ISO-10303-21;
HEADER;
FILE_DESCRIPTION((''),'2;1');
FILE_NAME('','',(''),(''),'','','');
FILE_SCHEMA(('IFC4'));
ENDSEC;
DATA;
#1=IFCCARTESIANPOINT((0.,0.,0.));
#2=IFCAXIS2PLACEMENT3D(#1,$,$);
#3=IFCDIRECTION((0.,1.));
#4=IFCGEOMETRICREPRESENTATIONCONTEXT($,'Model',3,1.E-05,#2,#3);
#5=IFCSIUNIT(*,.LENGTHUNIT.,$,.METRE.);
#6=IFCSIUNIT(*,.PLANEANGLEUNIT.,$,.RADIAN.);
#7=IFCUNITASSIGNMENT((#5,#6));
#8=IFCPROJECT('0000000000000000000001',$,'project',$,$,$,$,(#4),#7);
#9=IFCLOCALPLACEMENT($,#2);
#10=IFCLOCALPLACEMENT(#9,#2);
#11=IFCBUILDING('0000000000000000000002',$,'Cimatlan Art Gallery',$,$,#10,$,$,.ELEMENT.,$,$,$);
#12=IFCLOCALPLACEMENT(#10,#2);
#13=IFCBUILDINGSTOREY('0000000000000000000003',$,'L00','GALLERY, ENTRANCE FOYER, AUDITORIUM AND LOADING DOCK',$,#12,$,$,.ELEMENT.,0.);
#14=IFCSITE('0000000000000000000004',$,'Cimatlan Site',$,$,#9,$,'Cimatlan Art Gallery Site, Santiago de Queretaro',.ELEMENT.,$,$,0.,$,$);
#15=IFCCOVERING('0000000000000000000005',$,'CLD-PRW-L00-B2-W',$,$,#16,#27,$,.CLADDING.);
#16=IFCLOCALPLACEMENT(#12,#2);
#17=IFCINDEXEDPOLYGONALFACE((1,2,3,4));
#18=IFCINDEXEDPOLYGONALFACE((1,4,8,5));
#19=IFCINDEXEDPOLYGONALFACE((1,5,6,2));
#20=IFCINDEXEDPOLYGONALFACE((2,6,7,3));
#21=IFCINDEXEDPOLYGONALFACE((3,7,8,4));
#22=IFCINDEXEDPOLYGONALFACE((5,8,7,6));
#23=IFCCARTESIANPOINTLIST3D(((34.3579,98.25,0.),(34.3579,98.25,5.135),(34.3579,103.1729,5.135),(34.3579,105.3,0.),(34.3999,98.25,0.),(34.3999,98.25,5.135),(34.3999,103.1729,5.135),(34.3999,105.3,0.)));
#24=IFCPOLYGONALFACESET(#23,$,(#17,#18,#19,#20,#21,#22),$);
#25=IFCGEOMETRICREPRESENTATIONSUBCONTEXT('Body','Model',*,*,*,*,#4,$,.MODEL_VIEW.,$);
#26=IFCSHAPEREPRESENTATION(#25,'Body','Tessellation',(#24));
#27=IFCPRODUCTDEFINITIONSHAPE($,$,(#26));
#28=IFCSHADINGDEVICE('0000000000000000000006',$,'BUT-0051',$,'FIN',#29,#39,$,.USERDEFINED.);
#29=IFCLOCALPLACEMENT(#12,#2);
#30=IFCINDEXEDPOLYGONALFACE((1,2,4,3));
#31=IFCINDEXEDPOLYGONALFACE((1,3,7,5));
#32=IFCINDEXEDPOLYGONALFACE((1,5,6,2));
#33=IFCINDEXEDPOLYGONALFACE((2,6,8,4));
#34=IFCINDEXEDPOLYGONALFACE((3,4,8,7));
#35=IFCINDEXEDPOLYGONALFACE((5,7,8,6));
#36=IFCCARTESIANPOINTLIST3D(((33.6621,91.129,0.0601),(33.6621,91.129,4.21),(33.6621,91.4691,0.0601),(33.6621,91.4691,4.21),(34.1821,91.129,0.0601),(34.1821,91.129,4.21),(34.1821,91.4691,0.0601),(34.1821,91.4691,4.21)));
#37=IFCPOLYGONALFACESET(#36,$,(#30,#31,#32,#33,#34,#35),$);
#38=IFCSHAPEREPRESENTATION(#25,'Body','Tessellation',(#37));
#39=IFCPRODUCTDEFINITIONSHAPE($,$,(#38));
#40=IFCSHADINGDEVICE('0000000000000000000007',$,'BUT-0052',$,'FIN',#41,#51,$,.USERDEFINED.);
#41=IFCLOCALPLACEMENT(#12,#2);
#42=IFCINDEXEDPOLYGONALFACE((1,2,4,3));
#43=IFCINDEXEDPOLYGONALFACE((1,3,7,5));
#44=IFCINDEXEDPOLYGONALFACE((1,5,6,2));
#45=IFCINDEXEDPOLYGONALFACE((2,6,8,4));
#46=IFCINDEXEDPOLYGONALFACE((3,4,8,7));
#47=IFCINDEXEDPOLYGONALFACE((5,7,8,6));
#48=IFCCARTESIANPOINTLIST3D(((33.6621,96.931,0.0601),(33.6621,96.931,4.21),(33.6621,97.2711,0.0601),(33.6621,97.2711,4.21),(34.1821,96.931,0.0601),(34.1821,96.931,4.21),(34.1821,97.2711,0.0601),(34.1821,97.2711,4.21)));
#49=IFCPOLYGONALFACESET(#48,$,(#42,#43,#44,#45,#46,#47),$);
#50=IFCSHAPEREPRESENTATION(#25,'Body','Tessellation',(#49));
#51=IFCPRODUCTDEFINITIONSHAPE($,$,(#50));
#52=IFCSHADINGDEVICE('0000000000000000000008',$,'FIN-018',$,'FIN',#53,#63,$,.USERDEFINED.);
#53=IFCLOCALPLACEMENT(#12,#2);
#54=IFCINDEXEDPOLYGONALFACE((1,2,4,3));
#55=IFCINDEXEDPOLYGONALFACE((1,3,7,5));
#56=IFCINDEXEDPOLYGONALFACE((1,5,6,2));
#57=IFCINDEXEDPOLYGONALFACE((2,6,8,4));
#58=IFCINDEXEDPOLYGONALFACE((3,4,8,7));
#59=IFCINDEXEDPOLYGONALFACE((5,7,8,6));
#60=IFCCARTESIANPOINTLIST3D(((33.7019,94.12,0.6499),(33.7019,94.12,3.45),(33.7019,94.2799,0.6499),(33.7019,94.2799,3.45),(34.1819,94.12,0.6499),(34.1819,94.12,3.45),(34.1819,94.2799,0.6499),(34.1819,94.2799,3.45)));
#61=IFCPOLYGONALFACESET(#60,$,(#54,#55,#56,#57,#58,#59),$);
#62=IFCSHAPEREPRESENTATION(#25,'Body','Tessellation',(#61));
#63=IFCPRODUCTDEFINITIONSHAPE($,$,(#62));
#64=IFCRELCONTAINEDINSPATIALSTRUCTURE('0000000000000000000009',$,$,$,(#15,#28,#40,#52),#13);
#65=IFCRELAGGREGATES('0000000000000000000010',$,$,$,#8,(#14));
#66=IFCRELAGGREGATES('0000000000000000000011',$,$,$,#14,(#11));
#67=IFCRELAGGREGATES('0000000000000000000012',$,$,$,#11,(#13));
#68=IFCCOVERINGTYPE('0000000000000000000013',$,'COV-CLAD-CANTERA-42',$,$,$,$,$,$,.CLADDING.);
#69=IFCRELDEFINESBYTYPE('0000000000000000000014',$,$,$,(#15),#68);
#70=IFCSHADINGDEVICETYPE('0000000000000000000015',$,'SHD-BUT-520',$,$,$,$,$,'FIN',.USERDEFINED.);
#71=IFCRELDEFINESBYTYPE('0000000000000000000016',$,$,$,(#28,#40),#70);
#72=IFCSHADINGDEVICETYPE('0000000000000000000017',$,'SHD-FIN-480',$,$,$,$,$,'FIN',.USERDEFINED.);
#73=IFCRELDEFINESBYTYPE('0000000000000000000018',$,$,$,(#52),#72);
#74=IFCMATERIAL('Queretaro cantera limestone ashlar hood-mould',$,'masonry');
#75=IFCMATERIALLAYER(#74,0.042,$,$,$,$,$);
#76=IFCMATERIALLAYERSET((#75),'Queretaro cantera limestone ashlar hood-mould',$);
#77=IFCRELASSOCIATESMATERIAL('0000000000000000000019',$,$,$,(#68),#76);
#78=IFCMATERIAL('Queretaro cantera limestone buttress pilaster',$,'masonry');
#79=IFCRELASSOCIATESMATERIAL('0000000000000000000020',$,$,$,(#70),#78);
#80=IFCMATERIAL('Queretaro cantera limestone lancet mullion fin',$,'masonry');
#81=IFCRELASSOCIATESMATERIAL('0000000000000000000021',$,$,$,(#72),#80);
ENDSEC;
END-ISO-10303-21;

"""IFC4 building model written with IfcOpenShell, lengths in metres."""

from ifc_helpers import new_model, si_unit, direction, frame, origin, origin_2d, place, context, subcontext, project, spatial, polyline, rectangle, outline, extrude, material, layer, layer_set, type_object, element, save


model = new_model("IFC4")

# Units and contexts
model_context = context("Model", 3, precision=1e-05, world=origin(), true_north=direction((0.0, 1.0)))
body_context = subcontext(model_context, "Body", "Model", "MODEL_VIEW")
ifc_project = project(units=[si_unit("LENGTHUNIT", "METRE"), si_unit("PLANEANGLEUNIT", "RADIAN")], contexts=[model_context])

# Site, building, storey
site_placement = place(None, origin())
site = spatial("IfcSite", under=ifc_project, at=site_placement, Name="Cimatlan Site", LongName="Cimatlan Art Gallery Site, Santiago de Queretaro", CompositionType="ELEMENT", RefElevation=0.0)
building_placement = place(site_placement, origin())
building = spatial("IfcBuilding", under=site, at=building_placement, Name="Cimatlan Art Gallery", CompositionType="ELEMENT")
storey_placement = place(building_placement, origin())
storey = spatial("IfcBuildingStorey", under=building, at=storey_placement, Name="L00", Description="GALLERY, ENTRANCE FOYER, AUDITORIUM AND LOADING DOCK", CompositionType="ELEMENT", Elevation=0.0)

# Covering
ifc_material_1 = material(Name="Queretaro cantera limestone ashlar hood-mould", Category="masonry")
ifc_layer_1 = layer(ifc_material_1, 0.042)
ifc_layer_set_1 = layer_set([ifc_layer_1], Name="Queretaro cantera limestone ashlar hood-mould")
covering_type = type_object("IfcCoveringType", Name="COV-CLAD-CANTERA-42", PredefinedType="CLADDING", material=ifc_layer_set_1)
covering_1_placement = place(storey_placement, frame((34.3999, 98.25, 0.0), z_axis=(1.0, 0.0, 0.0), x_axis=(0.0, 1.0, 0.0)))
element("IfcCovering", 1, at=covering_1_placement, inside=storey, type_object=covering_type, Name="CLD-PRW-L00-B2-W", PredefinedType="CLADDING", context=body_context, shape_type="SweptSolid", body=[
    extrude(outline(polyline([(0.0, 0.0), (7.05, 0.0), (4.9229, 5.135), (0.0, 5.135), (0.0, 0.0)])), origin(), (0.0, 0.0, -1.0), 0.042),
])

# Shading devices
ifc_material_2 = material(Name="Queretaro cantera limestone buttress pilaster", Category="masonry")
shading_device_type_1 = type_object("IfcShadingDeviceType", Name="SHD-BUT-520", ElementType="FIN", PredefinedType="USERDEFINED", material=ifc_material_2)
for number, where, z_axis, x_axis, name in (
    (2, (33.9221, 91.2991, 0.0601), (0.0, 0.0, 1.0), (0.0, 1.0, 0.0), "BUT-0051"),
    (3, (33.9221, 97.1011, 0.0601), (0.0, 0.0, 1.0), (0.0, 1.0, 0.0), "BUT-0052"),
):
    element("IfcShadingDevice", number, at=place(storey_placement, frame(where, z_axis=z_axis, x_axis=x_axis)), inside=storey, type_object=shading_device_type_1, Name=name, ObjectType="FIN", PredefinedType="USERDEFINED", context=body_context, shape_type="SweptSolid", body=[
        extrude(rectangle(XDim=0.3401, YDim=0.52, at=origin_2d()), origin(), (0.0, 0.0, 1.0), 4.1499),
    ])
ifc_material_3 = material(Name="Queretaro cantera limestone lancet mullion fin", Category="masonry")
shading_device_type_2 = type_object("IfcShadingDeviceType", Name="SHD-FIN-480", ElementType="FIN", PredefinedType="USERDEFINED", material=ifc_material_3)
shading_device_placement = place(storey_placement, frame((33.9419, 94.2, 0.6499), z_axis=(0.0, 0.0, 1.0), x_axis=(0.0, 1.0, 0.0)))
element("IfcShadingDevice", 4, at=shading_device_placement, inside=storey, type_object=shading_device_type_2, Name="FIN-018", ObjectType="FIN", PredefinedType="USERDEFINED", context=body_context, shape_type="SweptSolid", body=[
    extrude(rectangle(XDim=0.1599, YDim=0.48, at=origin_2d()), origin(), (0.0, 0.0, 1.0), 2.8),
])

save(model, "model.ifc")
